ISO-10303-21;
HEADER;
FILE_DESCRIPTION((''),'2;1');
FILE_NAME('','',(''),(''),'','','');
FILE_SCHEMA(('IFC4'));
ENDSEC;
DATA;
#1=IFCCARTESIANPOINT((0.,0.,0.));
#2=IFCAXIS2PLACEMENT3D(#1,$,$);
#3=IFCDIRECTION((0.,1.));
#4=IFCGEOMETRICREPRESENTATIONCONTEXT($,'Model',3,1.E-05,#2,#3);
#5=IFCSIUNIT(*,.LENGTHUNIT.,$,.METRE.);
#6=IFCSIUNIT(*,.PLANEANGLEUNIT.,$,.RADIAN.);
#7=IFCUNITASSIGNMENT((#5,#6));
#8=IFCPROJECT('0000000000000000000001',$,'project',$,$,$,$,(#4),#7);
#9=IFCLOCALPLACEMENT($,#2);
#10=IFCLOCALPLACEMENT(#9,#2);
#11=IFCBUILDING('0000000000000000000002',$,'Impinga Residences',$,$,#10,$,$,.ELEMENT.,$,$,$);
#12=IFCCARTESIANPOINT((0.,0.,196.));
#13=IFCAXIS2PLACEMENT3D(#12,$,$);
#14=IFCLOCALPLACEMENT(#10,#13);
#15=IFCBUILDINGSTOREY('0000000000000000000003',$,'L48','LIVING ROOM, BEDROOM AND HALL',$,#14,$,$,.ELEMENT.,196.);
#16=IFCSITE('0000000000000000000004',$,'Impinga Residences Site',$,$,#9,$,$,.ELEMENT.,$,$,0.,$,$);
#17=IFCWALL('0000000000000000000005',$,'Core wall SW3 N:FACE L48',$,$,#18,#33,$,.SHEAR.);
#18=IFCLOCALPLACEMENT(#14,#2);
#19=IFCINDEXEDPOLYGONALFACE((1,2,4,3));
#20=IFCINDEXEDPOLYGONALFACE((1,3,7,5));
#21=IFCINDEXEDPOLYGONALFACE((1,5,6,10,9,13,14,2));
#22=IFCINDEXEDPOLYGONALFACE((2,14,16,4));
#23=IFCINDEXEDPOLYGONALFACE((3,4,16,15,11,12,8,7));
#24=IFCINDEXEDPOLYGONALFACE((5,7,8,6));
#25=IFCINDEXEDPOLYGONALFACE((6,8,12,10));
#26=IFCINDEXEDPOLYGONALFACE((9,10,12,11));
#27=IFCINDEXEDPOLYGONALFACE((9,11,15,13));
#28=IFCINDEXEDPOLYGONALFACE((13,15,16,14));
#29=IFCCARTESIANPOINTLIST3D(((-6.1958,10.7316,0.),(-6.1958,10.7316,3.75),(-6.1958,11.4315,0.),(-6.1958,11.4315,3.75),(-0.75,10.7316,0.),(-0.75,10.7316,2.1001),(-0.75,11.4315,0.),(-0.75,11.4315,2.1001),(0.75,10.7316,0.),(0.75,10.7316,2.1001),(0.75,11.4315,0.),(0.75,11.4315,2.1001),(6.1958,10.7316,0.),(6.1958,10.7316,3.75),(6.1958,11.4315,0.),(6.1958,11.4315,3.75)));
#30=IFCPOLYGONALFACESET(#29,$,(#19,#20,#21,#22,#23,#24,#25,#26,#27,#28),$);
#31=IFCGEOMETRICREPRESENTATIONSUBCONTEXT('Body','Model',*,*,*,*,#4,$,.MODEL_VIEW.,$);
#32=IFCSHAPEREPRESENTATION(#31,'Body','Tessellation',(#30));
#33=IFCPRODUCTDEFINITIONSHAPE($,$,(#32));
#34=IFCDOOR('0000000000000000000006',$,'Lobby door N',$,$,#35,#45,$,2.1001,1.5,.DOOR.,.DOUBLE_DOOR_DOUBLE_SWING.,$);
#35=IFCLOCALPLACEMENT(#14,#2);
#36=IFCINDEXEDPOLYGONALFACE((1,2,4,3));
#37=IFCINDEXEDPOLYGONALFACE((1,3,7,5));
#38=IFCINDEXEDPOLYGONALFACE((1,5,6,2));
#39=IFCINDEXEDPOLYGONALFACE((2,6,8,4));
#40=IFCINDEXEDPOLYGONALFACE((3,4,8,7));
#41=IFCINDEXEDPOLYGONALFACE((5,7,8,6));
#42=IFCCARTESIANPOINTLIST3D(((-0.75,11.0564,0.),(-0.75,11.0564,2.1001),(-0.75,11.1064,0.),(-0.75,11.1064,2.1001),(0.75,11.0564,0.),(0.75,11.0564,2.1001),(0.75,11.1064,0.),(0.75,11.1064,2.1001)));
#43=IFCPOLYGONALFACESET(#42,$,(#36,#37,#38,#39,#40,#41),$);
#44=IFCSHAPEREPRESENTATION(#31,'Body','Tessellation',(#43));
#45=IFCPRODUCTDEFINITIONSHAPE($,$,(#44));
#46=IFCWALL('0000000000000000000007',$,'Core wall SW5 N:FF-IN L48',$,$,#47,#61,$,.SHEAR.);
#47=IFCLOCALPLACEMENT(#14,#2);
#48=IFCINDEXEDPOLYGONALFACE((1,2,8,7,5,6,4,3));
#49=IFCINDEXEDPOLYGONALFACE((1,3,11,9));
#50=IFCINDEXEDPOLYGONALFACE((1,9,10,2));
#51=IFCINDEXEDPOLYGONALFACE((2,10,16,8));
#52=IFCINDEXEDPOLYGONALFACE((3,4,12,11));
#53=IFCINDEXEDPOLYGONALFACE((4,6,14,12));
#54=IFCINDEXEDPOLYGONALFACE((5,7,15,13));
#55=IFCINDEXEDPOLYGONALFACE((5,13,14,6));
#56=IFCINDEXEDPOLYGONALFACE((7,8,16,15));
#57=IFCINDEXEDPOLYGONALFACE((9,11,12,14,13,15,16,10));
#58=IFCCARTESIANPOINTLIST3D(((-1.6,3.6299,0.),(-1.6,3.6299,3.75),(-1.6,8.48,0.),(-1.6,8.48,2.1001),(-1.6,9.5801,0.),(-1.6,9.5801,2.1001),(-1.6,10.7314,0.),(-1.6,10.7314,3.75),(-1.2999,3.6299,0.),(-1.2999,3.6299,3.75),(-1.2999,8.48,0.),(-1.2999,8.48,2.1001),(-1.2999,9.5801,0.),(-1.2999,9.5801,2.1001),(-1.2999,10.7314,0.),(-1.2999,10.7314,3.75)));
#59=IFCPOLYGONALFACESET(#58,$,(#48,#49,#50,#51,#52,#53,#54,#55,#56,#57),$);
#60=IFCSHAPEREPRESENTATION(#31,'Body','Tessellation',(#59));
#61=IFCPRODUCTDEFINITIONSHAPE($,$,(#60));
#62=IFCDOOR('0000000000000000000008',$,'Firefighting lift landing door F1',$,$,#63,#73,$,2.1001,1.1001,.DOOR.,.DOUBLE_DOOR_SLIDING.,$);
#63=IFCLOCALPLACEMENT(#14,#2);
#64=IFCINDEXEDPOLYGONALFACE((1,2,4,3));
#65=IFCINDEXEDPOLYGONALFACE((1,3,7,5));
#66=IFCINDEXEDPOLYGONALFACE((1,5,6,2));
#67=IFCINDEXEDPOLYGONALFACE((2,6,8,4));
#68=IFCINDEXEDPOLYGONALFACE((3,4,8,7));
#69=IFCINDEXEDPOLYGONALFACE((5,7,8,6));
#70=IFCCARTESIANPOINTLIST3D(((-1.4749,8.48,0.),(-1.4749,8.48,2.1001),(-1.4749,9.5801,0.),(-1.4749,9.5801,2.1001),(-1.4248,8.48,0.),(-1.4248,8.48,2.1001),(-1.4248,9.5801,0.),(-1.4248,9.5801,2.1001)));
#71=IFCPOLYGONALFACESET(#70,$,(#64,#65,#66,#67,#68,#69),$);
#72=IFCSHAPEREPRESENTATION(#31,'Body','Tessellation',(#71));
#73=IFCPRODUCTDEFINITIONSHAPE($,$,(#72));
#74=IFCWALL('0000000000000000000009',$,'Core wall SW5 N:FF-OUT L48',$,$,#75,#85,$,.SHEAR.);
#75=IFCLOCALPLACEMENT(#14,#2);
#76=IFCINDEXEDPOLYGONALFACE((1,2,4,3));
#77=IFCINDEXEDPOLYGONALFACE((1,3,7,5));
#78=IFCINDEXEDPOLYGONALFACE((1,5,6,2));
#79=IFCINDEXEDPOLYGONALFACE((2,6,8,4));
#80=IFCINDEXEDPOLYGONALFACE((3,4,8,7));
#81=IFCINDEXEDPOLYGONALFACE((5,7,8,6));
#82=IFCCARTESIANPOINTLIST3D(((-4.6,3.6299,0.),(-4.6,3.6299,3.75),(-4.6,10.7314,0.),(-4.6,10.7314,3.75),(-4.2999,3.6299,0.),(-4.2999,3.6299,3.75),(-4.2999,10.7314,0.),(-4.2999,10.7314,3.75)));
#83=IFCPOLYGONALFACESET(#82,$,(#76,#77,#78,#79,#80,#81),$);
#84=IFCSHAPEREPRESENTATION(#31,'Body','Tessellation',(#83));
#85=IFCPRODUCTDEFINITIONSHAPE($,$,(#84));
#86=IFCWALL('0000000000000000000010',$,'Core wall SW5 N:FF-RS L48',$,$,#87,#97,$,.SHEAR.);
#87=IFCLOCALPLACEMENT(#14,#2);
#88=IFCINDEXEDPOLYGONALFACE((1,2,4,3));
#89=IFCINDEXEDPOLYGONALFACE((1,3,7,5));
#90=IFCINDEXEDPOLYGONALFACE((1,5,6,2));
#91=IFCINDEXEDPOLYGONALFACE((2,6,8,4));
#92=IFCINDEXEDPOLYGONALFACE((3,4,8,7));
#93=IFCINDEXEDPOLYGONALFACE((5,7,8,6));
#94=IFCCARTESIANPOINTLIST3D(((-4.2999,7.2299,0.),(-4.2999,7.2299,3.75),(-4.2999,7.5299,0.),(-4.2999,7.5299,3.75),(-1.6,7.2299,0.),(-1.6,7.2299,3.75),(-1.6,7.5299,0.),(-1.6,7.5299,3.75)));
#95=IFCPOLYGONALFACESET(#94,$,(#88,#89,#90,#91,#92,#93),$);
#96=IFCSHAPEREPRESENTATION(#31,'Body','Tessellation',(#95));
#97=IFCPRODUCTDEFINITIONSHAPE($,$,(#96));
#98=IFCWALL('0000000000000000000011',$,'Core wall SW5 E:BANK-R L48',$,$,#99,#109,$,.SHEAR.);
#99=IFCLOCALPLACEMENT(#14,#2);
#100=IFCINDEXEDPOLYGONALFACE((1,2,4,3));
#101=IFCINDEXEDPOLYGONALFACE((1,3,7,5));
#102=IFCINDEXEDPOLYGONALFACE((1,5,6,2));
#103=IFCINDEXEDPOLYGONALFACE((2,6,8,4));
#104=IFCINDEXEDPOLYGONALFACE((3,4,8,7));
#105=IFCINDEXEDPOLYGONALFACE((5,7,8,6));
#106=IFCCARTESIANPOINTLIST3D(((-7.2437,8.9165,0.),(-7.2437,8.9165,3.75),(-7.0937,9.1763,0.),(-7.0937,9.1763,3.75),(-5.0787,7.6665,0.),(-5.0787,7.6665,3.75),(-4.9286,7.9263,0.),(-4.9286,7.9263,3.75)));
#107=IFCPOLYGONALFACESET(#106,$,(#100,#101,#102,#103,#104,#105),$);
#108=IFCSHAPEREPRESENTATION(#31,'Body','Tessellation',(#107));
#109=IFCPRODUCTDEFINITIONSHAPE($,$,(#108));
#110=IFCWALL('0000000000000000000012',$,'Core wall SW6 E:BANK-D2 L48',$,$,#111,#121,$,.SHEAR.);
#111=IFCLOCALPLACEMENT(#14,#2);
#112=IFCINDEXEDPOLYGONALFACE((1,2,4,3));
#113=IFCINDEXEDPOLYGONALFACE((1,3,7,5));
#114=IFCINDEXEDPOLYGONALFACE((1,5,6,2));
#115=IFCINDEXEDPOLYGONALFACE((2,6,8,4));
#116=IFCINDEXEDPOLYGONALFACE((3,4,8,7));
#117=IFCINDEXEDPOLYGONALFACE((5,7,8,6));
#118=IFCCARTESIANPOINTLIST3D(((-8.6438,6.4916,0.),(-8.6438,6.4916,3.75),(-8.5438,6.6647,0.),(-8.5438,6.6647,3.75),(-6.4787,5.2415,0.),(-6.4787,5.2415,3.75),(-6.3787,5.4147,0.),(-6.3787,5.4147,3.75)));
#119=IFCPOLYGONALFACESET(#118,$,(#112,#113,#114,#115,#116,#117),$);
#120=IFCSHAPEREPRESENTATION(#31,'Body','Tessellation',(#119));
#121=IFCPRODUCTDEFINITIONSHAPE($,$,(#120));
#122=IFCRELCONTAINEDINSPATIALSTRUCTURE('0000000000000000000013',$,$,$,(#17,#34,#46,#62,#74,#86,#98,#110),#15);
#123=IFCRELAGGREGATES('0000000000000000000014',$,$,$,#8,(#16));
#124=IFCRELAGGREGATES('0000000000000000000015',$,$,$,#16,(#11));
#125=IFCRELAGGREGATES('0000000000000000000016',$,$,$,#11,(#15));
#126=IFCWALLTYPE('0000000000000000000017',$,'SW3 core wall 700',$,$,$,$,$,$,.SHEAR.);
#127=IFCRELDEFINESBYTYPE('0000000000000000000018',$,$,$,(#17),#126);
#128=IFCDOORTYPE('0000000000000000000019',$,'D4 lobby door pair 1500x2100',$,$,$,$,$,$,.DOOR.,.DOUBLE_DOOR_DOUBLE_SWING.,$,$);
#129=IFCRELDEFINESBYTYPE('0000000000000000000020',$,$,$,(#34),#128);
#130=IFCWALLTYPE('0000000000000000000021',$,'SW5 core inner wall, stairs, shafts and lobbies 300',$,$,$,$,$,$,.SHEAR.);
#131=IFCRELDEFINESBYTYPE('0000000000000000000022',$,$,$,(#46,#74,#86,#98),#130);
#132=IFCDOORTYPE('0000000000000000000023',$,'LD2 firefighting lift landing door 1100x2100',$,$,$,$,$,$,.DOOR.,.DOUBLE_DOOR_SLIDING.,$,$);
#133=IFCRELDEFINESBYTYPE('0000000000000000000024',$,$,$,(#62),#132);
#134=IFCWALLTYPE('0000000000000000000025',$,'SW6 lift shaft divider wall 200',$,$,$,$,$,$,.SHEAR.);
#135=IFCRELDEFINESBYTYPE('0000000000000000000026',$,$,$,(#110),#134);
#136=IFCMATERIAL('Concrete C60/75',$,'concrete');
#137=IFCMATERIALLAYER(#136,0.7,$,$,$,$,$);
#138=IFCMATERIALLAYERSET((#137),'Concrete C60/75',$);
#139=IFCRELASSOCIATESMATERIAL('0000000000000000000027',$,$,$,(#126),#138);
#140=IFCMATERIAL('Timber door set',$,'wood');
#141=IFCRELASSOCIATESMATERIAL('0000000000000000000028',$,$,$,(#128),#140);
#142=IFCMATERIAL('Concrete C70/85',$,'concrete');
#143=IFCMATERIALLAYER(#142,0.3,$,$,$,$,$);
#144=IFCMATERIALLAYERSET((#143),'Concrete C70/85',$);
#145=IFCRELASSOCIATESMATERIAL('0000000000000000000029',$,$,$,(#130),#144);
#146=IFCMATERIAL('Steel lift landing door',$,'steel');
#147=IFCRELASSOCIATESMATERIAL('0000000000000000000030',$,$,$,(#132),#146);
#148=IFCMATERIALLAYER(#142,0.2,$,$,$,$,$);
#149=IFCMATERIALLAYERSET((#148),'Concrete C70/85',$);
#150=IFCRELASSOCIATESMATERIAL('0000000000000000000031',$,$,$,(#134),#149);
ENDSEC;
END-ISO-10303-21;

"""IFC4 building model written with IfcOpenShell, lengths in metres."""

from ifc_helpers import new_model, si_unit, direction, frame, frame_2d, origin, place, context, subcontext, project, spatial, rectangle, extrude, material, layer, layer_set, type_object, element, fill, save


model = new_model("IFC4")

# Units and contexts
model_context = context("Model", 3, precision=1e-05, world=origin(), true_north=direction((0.0, 1.0)))
body_context = subcontext(model_context, "Body", "Model", "MODEL_VIEW")
ifc_project = project(units=[si_unit("LENGTHUNIT", "METRE"), si_unit("PLANEANGLEUNIT", "RADIAN")], contexts=[model_context])

# Site, building, storey
site_placement = place(None, origin())
site = spatial("IfcSite", under=ifc_project, at=site_placement, Name="Impinga Residences Site", CompositionType="ELEMENT", RefElevation=0.0)
building_placement = place(site_placement, origin())
building = spatial("IfcBuilding", under=site, at=building_placement, Name="Impinga Residences", CompositionType="ELEMENT")
storey_placement = place(building_placement, frame((0.0, 0.0, 196.0)))
storey = spatial("IfcBuildingStorey", under=building, at=storey_placement, Name="L48", Description="LIVING ROOM, BEDROOM AND HALL", CompositionType="ELEMENT", Elevation=196.0)

# Shared definitions
ifc_material_1 = material(Name="Concrete C60/75", Category="concrete")

# Shared definitions
ifc_material_2 = material(Name="Timber door set", Category="wood")

# Walls, openings, doors
ifc_layer_1 = layer(ifc_material_1, 0.7)
ifc_layer_set_1 = layer_set([ifc_layer_1], Name="Concrete C60/75")
wall_type_1 = type_object("IfcWallType", Name="SW3 core wall 700", PredefinedType="SHEAR", material=ifc_layer_set_1)
wall_1_placement = place(storey_placement, frame((-6.1958, 11.0815, 0.0), z_axis=(0.0, 0.0, 1.0), x_axis=(1.0, 0.0, 0.0)))
wall_1 = element("IfcWall", 1, at=wall_1_placement, inside=storey, type_object=wall_type_1, Name="Core wall SW3 N:FACE L48", PredefinedType="SHEAR", context=body_context, shape_type="SweptSolid", body=[
    extrude(rectangle(XDim=12.3916, YDim=0.7, at=frame_2d((6.1958, 0.0))), origin(), (0.0, 0.0, 1.0), 3.75),
])
opening_1_placement = place(wall_1_placement, frame((5.4458, 0.0, 0.0)))
opening_1 = element("IfcOpeningElement", 2, at=opening_1_placement, cuts=wall_1, PredefinedType="OPENING", context=body_context, shape_type="SweptSolid", body=[
    extrude(rectangle(XDim=1.5, YDim=2.1001, at=frame_2d((0.75, 1.05))), frame((0.0, 0.3599, 0.0), z_axis=(0.0, -1.0, 0.0), x_axis=(1.0, 0.0, 0.0)), (0.0, 0.0, 1.0), 0.72),
])
door_type_1 = type_object("IfcDoorType", Name="D4 lobby door pair 1500x2100", OperationType="DOUBLE_DOOR_DOUBLE_SWING", PredefinedType="DOOR", material=ifc_material_2)
door_1_placement = place(opening_1_placement, origin())
door_1 = element("IfcDoor", 3, at=door_1_placement, inside=storey, type_object=door_type_1, Name="Lobby door N", OperationType="DOUBLE_DOOR_DOUBLE_SWING", OverallHeight=2.1001, OverallWidth=1.5, PredefinedType="DOOR", context=body_context, shape_type="SweptSolid", body=[
    extrude(rectangle(XDim=1.5, YDim=2.1001, at=frame_2d((0.75, 1.05))), frame((0.0, 0.0249, 0.0), z_axis=(0.0, -1.0, 0.0), x_axis=(1.0, 0.0, 0.0)), (0.0, 0.0, 1.0), 0.05),
])
fill(opening_1, door_1)
ifc_material_3 = material(Name="Concrete C70/85", Category="concrete")
ifc_layer_2 = layer(ifc_material_3, 0.3)
ifc_layer_set_2 = layer_set([ifc_layer_2], Name="Concrete C70/85")
wall_type_2 = type_object("IfcWallType", Name="SW5 core inner wall, stairs, shafts and lobbies 300", PredefinedType="SHEAR", material=ifc_layer_set_2)
wall_2_placement = place(storey_placement, frame((-1.45, 3.6299, 0.0), z_axis=(0.0, 0.0, 1.0), x_axis=(0.0, 1.0, 0.0)))
wall_2 = element("IfcWall", 4, at=wall_2_placement, inside=storey, type_object=wall_type_2, Name="Core wall SW5 N:FF-IN L48", PredefinedType="SHEAR", context=body_context, shape_type="SweptSolid", body=[
    extrude(rectangle(XDim=7.1016, YDim=0.3, at=frame_2d((3.5508, 0.0))), origin(), (0.0, 0.0, 1.0), 3.75),
])
opening_2_placement = place(wall_2_placement, frame((4.8501, 0.0, 0.0)))
opening_2 = element("IfcOpeningElement", 5, at=opening_2_placement, cuts=wall_2, PredefinedType="OPENING", context=body_context, shape_type="SweptSolid", body=[
    extrude(rectangle(XDim=1.1001, YDim=2.1001, at=frame_2d((0.55, 1.05))), frame((0.0, 0.1599, 0.0), z_axis=(0.0, -1.0, 0.0), x_axis=(1.0, 0.0, 0.0)), (0.0, 0.0, 1.0), 0.3201),
])
ifc_material_4 = material(Name="Steel lift landing door", Category="steel")
door_type_2 = type_object("IfcDoorType", Name="LD2 firefighting lift landing door 1100x2100", OperationType="DOUBLE_DOOR_SLIDING", PredefinedType="DOOR", material=ifc_material_4)
door_2_placement = place(opening_2_placement, origin())
door_2 = element("IfcDoor", 6, at=door_2_placement, inside=storey, type_object=door_type_2, Name="Firefighting lift landing door F1", OperationType="DOUBLE_DOOR_SLIDING", OverallHeight=2.1001, OverallWidth=1.1001, PredefinedType="DOOR", context=body_context, shape_type="SweptSolid", body=[
    extrude(rectangle(XDim=1.1001, YDim=2.1001, at=frame_2d((0.55, 1.05))), frame((0.0, 0.0249, 0.0), z_axis=(0.0, -1.0, 0.0), x_axis=(1.0, 0.0, 0.0)), (0.0, 0.0, 1.0), 0.05),
])
fill(opening_2, door_2)

# Walls
wall_3_placement = place(storey_placement, frame((-4.45, 3.6299, 0.0), z_axis=(0.0, 0.0, 1.0), x_axis=(0.0, 1.0, 0.0)))
element("IfcWall", 7, at=wall_3_placement, inside=storey, type_object=wall_type_2, Name="Core wall SW5 N:FF-OUT L48", PredefinedType="SHEAR", context=body_context, shape_type="SweptSolid", body=[
    extrude(rectangle(XDim=7.1016, YDim=0.3, at=frame_2d((3.5508, 0.0))), origin(), (0.0, 0.0, 1.0), 3.75),
])
wall_4_placement = place(storey_placement, frame((-4.3, 7.3799, 0.0), z_axis=(0.0, 0.0, 1.0), x_axis=(1.0, 0.0, 0.0)))
element("IfcWall", 8, at=wall_4_placement, inside=storey, type_object=wall_type_2, Name="Core wall SW5 N:FF-RS L48", PredefinedType="SHEAR", context=body_context, shape_type="SweptSolid", body=[
    extrude(rectangle(XDim=2.7, YDim=0.3, at=frame_2d((1.3501, 0.0))), origin(), (0.0, 0.0, 1.0), 3.75),
])
wall_5_placement = place(storey_placement, frame((-5.0037, 7.7964, 0.0), z_axis=(0.0, 0.0, 1.0), x_axis=(-0.866023, 0.500004, 0.0)))
element("IfcWall", 9, at=wall_5_placement, inside=storey, type_object=wall_type_2, Name="Core wall SW5 E:BANK-R L48", PredefinedType="SHEAR", context=body_context, shape_type="SweptSolid", body=[
    extrude(rectangle(XDim=2.5, YDim=0.3, at=frame_2d((1.25, 0.0))), origin(), (0.0, 0.0, 1.0), 3.75),
])
ifc_layer_3 = layer(ifc_material_3, 0.2)
ifc_layer_set_3 = layer_set([ifc_layer_3], Name="Concrete C70/85")
wall_type_3 = type_object("IfcWallType", Name="SW6 lift shaft divider wall 200", PredefinedType="SHEAR", material=ifc_layer_set_3)
wall_6_placement = place(storey_placement, frame((-6.4287, 5.3281, 0.0), z_axis=(0.0, 0.0, 1.0), x_axis=(-0.866023, 0.500004, 0.0)))
element("IfcWall", 10, at=wall_6_placement, inside=storey, type_object=wall_type_3, Name="Core wall SW6 E:BANK-D2 L48", PredefinedType="SHEAR", context=body_context, shape_type="SweptSolid", body=[
    extrude(rectangle(XDim=2.5, YDim=0.2, at=frame_2d((1.25, 0.0))), origin(), (0.0, 0.0, 1.0), 3.75),
])

save(model, "model.ifc")
